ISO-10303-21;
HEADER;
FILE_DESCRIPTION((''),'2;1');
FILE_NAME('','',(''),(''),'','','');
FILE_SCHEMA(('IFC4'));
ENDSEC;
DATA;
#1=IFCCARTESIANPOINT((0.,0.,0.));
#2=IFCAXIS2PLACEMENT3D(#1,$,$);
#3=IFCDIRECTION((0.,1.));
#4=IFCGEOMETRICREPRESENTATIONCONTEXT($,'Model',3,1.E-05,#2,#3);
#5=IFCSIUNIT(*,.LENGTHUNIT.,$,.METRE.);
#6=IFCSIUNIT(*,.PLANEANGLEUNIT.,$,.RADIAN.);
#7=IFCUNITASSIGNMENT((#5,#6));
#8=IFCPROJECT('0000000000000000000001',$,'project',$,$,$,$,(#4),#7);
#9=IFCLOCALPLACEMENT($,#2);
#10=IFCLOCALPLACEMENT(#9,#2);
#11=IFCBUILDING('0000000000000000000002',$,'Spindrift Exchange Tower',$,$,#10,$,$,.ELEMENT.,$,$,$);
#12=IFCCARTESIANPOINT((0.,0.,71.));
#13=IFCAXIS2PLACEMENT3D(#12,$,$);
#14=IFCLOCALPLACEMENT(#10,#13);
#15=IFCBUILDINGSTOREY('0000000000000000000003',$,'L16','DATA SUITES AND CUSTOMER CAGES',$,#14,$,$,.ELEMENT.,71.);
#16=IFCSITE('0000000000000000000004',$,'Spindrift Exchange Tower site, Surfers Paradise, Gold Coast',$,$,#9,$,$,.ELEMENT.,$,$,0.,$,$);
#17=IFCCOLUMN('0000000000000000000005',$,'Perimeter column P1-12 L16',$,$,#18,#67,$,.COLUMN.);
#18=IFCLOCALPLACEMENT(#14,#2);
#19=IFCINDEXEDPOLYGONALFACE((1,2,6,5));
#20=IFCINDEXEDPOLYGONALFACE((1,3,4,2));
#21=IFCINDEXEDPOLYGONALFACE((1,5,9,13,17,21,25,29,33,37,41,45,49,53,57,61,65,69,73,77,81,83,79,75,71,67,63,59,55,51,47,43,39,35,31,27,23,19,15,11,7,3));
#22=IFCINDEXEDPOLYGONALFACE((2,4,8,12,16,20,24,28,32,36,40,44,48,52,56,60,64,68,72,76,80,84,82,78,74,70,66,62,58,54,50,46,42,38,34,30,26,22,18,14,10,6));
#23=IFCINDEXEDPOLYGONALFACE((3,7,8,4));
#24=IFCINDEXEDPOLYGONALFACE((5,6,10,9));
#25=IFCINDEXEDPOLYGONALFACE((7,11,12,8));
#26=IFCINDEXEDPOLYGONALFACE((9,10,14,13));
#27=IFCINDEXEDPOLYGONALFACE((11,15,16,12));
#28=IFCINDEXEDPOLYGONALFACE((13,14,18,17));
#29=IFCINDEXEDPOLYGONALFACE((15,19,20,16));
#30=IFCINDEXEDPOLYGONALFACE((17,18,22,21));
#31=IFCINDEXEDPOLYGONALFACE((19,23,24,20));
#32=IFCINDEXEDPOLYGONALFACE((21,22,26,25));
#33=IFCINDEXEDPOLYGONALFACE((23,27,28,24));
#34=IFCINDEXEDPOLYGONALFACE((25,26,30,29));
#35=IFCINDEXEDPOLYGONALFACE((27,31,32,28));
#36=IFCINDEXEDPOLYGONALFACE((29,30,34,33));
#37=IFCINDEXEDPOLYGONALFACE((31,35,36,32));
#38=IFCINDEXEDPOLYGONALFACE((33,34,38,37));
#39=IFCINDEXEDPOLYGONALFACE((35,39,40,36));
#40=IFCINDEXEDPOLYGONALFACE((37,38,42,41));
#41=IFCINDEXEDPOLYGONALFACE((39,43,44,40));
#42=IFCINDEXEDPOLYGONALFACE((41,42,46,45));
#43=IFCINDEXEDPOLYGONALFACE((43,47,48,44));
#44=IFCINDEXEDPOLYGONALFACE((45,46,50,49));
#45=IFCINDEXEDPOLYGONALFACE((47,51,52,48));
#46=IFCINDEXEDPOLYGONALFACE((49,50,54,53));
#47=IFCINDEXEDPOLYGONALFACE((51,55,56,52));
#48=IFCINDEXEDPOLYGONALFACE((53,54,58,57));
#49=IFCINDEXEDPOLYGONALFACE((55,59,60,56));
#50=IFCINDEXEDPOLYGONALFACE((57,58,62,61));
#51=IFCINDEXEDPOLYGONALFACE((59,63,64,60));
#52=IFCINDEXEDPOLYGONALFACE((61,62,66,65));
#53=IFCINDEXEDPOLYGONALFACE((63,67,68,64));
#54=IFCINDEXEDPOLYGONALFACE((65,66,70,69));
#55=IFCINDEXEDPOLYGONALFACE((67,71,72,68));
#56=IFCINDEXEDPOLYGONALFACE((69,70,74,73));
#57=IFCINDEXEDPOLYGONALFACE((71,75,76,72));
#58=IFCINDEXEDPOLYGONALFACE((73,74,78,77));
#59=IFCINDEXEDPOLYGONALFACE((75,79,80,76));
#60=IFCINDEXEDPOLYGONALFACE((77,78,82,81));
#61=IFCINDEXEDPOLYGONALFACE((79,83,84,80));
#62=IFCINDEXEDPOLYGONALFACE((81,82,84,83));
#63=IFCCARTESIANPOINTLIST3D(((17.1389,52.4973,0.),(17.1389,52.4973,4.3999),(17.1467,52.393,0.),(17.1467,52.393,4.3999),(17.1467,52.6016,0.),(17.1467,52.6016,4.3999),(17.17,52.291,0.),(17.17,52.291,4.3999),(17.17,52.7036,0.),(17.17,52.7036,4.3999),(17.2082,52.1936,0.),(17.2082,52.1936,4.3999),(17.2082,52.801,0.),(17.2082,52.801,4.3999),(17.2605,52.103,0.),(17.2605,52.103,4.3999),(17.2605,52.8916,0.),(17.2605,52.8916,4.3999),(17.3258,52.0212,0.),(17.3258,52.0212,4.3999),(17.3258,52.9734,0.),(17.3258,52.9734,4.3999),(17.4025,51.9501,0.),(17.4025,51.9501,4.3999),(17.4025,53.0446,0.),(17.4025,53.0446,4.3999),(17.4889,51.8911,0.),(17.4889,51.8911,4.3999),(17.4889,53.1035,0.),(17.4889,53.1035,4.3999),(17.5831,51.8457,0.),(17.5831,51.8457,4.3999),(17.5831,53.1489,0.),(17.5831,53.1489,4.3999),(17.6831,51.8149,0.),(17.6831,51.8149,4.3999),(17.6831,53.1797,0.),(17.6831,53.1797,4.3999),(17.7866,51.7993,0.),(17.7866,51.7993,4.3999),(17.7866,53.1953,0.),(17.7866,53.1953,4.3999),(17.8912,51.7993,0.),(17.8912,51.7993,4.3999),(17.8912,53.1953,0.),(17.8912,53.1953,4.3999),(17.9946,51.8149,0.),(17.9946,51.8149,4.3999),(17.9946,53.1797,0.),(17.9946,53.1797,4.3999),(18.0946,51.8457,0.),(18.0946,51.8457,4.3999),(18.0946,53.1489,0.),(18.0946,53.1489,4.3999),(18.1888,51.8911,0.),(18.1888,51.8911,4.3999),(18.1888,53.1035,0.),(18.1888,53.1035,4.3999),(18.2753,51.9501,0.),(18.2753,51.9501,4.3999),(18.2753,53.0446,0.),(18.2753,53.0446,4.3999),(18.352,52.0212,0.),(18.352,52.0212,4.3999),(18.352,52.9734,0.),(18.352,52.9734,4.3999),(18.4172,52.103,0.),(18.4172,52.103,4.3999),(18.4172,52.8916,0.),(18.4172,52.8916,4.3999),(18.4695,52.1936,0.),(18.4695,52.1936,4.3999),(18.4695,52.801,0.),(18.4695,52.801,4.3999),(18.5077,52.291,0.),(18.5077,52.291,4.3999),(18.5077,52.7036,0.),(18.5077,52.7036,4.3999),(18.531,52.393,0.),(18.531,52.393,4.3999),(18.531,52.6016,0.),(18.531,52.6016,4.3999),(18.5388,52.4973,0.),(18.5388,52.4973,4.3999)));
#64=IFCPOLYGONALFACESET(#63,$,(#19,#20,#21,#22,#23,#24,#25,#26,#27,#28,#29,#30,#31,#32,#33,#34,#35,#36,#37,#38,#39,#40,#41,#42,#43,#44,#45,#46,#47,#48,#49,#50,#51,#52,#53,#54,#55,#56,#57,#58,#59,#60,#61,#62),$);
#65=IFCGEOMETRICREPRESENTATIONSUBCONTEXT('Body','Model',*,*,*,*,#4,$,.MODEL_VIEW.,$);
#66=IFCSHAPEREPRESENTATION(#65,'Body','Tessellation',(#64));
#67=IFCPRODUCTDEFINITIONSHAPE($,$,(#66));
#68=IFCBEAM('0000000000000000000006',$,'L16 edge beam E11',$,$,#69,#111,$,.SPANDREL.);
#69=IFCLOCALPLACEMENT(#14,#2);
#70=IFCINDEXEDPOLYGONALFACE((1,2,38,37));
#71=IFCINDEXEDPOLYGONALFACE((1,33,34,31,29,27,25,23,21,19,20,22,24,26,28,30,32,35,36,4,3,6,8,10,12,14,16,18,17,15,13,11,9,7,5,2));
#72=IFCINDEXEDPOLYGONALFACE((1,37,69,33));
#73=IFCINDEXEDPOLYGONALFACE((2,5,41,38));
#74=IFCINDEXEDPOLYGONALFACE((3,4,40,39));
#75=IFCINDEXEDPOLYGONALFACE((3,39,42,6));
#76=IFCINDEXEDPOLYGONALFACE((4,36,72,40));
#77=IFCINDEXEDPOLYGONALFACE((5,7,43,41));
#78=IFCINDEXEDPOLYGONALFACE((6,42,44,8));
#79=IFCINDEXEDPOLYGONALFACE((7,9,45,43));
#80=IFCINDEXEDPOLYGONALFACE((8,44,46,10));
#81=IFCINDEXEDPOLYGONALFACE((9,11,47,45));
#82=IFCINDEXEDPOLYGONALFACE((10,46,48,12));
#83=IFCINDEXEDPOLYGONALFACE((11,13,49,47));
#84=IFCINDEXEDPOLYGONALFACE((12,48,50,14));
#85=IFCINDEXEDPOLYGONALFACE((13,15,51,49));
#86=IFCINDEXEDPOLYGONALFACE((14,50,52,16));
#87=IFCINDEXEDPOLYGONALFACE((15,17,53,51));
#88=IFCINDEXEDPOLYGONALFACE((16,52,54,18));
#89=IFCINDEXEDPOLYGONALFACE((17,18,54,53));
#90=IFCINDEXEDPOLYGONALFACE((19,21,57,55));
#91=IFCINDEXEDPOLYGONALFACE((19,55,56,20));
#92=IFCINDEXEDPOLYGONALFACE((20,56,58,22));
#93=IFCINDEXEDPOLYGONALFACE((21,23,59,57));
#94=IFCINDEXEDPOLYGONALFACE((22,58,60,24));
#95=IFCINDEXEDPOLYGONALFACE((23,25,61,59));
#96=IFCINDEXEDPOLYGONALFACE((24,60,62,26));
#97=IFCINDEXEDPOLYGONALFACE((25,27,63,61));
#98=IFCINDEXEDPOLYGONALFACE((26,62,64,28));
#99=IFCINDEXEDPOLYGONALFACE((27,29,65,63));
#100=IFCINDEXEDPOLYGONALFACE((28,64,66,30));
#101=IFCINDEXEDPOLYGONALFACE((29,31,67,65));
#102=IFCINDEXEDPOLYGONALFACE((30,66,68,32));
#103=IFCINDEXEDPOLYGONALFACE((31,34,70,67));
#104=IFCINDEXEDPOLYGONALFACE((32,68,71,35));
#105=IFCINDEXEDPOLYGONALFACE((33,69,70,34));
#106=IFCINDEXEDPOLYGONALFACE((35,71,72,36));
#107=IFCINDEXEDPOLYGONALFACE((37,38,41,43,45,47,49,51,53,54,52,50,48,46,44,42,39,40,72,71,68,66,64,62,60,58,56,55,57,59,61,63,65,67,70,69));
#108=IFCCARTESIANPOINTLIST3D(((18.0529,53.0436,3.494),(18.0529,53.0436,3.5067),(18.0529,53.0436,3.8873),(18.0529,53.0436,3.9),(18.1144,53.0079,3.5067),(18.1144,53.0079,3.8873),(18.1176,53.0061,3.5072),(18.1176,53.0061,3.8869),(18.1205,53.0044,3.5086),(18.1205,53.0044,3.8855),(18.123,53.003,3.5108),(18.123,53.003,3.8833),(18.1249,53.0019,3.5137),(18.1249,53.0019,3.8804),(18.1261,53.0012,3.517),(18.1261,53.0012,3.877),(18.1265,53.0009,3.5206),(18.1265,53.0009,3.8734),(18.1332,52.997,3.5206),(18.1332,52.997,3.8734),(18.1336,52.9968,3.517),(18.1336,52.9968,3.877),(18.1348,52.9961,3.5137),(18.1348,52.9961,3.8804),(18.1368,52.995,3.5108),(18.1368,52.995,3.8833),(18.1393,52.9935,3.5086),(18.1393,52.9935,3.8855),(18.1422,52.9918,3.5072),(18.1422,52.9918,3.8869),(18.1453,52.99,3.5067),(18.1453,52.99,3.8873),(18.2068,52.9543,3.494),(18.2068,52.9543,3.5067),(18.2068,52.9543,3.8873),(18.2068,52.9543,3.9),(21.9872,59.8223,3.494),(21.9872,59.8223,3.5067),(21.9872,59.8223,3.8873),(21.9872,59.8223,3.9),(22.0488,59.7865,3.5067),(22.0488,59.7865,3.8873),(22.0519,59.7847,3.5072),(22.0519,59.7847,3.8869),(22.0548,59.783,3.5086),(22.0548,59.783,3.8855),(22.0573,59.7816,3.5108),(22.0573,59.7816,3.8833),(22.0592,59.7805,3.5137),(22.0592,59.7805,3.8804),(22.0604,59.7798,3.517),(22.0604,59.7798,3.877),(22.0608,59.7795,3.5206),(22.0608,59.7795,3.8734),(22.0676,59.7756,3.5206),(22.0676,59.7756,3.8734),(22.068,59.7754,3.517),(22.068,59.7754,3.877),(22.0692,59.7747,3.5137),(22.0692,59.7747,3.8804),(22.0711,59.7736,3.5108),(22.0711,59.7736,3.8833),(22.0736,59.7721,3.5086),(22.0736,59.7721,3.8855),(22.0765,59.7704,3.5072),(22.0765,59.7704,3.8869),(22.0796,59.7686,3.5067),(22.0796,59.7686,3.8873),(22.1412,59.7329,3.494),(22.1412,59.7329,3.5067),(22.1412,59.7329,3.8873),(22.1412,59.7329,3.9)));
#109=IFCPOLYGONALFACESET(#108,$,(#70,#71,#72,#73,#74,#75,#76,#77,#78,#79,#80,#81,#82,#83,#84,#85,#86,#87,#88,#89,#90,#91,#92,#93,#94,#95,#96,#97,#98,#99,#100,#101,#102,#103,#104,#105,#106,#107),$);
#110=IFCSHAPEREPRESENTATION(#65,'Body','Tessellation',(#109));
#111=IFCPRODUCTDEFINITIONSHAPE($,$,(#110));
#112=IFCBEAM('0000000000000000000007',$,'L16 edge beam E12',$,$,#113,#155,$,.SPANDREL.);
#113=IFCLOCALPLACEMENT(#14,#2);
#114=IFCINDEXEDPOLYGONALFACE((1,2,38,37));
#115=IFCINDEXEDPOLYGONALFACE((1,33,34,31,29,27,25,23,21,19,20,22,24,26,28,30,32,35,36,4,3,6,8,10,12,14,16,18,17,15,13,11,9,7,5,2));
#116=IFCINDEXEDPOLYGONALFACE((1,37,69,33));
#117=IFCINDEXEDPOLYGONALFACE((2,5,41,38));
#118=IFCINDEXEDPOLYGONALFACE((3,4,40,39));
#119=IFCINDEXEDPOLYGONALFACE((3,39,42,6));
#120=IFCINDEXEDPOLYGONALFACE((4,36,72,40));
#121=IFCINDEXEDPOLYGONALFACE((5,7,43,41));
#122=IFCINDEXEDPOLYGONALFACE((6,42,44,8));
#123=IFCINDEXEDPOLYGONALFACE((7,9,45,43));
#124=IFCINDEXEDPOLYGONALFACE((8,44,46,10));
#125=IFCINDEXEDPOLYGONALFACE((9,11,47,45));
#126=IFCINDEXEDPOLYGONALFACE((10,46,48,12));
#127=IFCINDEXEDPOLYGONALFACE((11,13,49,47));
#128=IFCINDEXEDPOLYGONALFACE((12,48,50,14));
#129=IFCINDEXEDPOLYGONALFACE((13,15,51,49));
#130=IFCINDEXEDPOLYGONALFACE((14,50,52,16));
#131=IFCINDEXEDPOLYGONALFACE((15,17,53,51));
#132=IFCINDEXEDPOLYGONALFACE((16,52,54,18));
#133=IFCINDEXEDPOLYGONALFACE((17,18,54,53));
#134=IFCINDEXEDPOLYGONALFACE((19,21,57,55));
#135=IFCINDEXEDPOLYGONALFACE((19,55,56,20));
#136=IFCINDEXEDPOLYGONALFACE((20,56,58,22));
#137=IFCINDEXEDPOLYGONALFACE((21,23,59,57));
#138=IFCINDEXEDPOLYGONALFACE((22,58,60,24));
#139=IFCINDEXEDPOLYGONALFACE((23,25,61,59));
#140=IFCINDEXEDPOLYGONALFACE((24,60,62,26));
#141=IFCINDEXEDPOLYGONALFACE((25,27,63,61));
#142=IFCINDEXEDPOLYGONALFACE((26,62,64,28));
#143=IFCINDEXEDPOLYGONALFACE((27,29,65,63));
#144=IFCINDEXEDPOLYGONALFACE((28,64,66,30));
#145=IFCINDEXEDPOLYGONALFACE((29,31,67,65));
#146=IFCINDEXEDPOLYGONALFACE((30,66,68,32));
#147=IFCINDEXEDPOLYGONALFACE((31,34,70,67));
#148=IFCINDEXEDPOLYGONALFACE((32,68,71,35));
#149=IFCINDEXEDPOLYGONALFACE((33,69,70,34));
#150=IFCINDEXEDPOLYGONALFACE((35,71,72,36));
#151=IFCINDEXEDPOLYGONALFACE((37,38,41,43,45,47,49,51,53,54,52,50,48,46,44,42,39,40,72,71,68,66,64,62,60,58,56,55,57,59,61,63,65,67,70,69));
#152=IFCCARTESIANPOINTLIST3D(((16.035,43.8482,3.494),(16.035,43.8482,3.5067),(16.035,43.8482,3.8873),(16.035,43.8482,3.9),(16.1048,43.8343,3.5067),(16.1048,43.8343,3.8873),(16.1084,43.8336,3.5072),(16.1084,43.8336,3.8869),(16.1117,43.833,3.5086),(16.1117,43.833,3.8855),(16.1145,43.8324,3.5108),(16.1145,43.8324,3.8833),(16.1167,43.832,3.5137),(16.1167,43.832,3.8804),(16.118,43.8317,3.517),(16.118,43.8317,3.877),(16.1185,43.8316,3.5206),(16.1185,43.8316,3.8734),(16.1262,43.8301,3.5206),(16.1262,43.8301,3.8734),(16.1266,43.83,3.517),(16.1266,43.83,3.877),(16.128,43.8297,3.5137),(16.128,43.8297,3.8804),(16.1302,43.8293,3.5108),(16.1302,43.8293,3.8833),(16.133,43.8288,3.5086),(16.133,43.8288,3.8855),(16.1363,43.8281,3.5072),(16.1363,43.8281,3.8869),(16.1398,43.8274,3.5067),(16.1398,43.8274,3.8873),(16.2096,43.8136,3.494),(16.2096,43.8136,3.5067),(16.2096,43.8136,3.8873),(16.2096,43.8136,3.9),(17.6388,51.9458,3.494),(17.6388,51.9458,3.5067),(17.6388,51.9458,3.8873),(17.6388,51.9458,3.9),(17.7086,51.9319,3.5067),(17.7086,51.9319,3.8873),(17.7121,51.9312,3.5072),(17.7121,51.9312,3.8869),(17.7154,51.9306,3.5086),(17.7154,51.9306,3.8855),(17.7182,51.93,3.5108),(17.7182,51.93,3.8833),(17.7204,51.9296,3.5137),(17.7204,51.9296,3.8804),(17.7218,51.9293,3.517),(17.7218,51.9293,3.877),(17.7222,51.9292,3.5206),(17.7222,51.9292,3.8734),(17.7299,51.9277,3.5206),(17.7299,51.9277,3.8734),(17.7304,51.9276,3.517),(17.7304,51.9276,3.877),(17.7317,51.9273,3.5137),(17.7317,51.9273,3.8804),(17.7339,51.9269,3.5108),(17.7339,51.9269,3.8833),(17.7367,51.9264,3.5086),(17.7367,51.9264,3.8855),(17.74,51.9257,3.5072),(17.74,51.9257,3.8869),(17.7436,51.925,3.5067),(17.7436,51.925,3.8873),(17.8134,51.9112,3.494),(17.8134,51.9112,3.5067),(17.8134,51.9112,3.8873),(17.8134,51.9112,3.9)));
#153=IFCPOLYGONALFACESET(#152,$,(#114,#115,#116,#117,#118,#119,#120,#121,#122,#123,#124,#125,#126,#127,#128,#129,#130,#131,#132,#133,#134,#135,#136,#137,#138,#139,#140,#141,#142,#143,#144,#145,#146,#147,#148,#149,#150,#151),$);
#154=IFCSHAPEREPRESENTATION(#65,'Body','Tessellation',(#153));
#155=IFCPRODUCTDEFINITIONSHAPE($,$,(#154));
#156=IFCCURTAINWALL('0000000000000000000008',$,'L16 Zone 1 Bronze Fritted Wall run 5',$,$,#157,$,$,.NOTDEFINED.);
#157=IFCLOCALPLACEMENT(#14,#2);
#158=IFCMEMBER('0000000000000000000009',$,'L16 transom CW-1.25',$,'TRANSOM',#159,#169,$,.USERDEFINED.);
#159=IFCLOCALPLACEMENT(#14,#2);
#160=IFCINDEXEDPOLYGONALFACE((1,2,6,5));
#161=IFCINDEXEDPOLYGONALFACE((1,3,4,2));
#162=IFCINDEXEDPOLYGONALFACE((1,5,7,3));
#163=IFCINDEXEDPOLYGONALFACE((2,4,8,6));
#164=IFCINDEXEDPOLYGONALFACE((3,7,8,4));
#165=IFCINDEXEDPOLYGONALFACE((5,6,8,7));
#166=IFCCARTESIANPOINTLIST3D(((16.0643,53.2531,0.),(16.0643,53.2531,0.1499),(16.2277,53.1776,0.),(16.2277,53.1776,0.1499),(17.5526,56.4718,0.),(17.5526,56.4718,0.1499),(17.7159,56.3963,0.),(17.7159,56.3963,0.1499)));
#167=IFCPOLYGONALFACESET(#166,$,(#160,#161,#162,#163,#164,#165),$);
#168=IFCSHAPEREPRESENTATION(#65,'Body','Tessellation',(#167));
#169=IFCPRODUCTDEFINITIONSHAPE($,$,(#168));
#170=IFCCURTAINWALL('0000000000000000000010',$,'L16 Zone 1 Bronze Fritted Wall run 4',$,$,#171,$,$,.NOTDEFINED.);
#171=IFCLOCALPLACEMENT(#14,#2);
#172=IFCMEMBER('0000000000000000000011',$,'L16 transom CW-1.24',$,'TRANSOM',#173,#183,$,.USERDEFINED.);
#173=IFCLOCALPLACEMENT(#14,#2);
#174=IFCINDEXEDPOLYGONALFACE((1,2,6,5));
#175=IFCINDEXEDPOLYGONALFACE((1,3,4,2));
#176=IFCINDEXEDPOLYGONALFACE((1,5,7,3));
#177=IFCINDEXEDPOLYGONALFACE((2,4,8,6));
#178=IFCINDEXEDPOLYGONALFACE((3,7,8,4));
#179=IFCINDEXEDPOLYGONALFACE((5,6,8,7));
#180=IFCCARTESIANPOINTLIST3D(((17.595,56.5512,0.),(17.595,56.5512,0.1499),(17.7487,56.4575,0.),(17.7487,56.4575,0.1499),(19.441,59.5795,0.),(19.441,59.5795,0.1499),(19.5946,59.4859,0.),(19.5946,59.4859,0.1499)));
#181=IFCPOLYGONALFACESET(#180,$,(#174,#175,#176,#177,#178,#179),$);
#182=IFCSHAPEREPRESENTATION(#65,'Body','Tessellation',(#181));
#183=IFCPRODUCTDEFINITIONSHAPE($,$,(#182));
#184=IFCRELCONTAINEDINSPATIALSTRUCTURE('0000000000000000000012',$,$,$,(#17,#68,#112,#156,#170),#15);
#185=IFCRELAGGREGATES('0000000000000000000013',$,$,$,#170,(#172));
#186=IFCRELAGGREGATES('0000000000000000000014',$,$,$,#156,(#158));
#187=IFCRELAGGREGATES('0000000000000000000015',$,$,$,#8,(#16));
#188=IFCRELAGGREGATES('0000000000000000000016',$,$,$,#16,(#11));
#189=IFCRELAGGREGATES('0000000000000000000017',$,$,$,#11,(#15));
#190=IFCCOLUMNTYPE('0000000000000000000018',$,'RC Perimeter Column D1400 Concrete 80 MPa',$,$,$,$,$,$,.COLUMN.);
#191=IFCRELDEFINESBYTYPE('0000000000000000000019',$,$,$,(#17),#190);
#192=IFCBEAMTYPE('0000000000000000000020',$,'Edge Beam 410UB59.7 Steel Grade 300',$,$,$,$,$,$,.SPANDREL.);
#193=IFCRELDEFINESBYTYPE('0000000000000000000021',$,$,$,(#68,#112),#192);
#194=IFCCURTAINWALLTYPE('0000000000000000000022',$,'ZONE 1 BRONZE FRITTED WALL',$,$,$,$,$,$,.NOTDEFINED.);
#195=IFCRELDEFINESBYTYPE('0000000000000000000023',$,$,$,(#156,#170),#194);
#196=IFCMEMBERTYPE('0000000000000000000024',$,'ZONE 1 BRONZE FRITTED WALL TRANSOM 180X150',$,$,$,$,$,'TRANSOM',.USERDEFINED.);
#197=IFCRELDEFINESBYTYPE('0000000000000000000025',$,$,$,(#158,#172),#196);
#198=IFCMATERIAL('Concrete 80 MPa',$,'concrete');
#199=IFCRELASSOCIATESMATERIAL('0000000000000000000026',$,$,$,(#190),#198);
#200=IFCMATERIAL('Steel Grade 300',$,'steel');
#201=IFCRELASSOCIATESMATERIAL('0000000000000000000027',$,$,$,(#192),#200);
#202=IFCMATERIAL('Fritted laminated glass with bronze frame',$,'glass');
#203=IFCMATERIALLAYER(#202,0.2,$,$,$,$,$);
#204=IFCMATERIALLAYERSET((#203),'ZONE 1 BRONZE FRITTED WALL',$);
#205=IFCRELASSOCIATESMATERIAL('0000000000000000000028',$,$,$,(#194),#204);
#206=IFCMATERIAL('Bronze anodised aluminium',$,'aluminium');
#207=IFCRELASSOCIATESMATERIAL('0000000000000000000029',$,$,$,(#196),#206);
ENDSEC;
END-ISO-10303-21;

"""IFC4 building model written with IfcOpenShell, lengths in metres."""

from ifc_helpers import new_model, si_unit, direction, frame, origin, origin_2d, place, context, subcontext, project, spatial, rectangle, circle, i_section, extrude, source, transform, mapped, material, layer, layer_set, material_profile, profile_set, type_object, element, aggregate, save


model = new_model("IFC4")

# Units and contexts
model_context = context("Model", 3, precision=1e-05, world=origin(), true_north=direction((0.0, 1.0)))
body_context = subcontext(model_context, "Body", "Model", "MODEL_VIEW")
ifc_project = project(units=[si_unit("LENGTHUNIT", "METRE"), si_unit("PLANEANGLEUNIT", "RADIAN")], contexts=[model_context])

# Site, building, storey
site_placement = place(None, origin())
site = spatial("IfcSite", under=ifc_project, at=site_placement, Name="Spindrift Exchange Tower site, Surfers Paradise, Gold Coast", CompositionType="ELEMENT", RefElevation=0.0)
building_placement = place(site_placement, origin())
building = spatial("IfcBuilding", under=site, at=building_placement, Name="Spindrift Exchange Tower", CompositionType="ELEMENT")
storey_placement = place(building_placement, frame((0.0, 0.0, 71.0)))
storey = spatial("IfcBuildingStorey", under=building, at=storey_placement, Name="L16", Description="DATA SUITES AND CUSTOMER CAGES", CompositionType="ELEMENT", Elevation=71.0)

# Column
ifc_material_1 = material(Name="Concrete 80 MPa", Category="concrete")
ifc_material_profile_1 = material_profile(ifc_material_1, circle(Radius=0.7, at=origin_2d()), Name="RC D1400")
ifc_profile_set_1 = profile_set([ifc_material_profile_1], Name="Concrete 80 MPa")
column_type = type_object("IfcColumnType", Name="RC Perimeter Column D1400 Concrete 80 MPa", PredefinedType="COLUMN", material=ifc_profile_set_1)
shared_shape_1 = source(origin(), body_context, "Body", "SweptSolid", [
    extrude(circle(Radius=0.7, at=origin_2d()), origin(), (0.0, 0.0, 1.0), 4.3999),
])
column_placement = place(storey_placement, frame((17.8389, 52.4973, 0.0), z_axis=(0.0, 0.0, 1.0), x_axis=(1.0, 0.0, 0.0)))
element("IfcColumn", 1, at=column_placement, inside=storey, type_object=column_type, Name="Perimeter column P1-12 L16", PredefinedType="COLUMN", context=body_context, shape_type="MappedRepresentation", body=[
    mapped(shared_shape_1, transform((0.0, 0.0, 0.0), scale=1.0)),
])

# Beams
ifc_material_2 = material(Name="Steel Grade 300", Category="steel")
ifc_material_profile_2 = material_profile(ifc_material_2, i_section(OverallWidth=0.178, OverallDepth=0.406, WebThickness=0.0078, FlangeThickness=0.0127, FilletRadius=0.0139, at=origin_2d()), Name="410UB59.7")
ifc_profile_set_2 = profile_set([ifc_material_profile_2], Name="Steel Grade 300")
beam_type = type_object("IfcBeamType", Name="Edge Beam 410UB59.7 Steel Grade 300", PredefinedType="SPANDREL", material=ifc_profile_set_2)
shared_shape_2 = source(origin(), body_context, "Body", "SweptSolid", [
    extrude(i_section(OverallWidth=0.178, OverallDepth=0.406, WebThickness=0.0078, FlangeThickness=0.0127, FilletRadius=0.0139, at=origin_2d()), origin(), (0.0, 0.0, 1.0), 7.8376),
])
beam_1_placement = place(storey_placement, frame((22.0642, 59.7776, 3.697), z_axis=(-0.501981, -0.864878, 0.0), x_axis=(0.864878, -0.501981, 0.0)))
element("IfcBeam", 2, at=beam_1_placement, inside=storey, type_object=beam_type, Name="L16 edge beam E11", PredefinedType="SPANDREL", context=body_context, shape_type="MappedRepresentation", body=[
    mapped(shared_shape_2, transform((0.0, 0.0, 0.0), scale=1.0)),
])
shared_shape_3 = source(origin(), body_context, "Body", "SweptSolid", [
    extrude(i_section(OverallWidth=0.178, OverallDepth=0.406, WebThickness=0.0078, FlangeThickness=0.0127, FilletRadius=0.0139, at=origin_2d()), origin(), (0.0, 0.0, 1.0), 8.2549),
])
beam_2_placement = place(storey_placement, frame((17.7261, 51.9285, 3.697), z_axis=(-0.194279, -0.980946, 0.0), x_axis=(0.980946, -0.194279, 0.0)))
element("IfcBeam", 3, at=beam_2_placement, inside=storey, type_object=beam_type, Name="L16 edge beam E12", PredefinedType="SPANDREL", context=body_context, shape_type="MappedRepresentation", body=[
    mapped(shared_shape_3, transform((0.0, 0.0, 0.0), scale=1.0)),
])

# Curtain walls, members
ifc_material_3 = material(Name="Fritted laminated glass with bronze frame", Category="glass")
ifc_layer_1 = layer(ifc_material_3, 0.2)
ifc_layer_set_1 = layer_set([ifc_layer_1], Name="ZONE 1 BRONZE FRITTED WALL")
curtain_wall_type = type_object("IfcCurtainWallType", Name="ZONE 1 BRONZE FRITTED WALL", PredefinedType="NOTDEFINED", material=ifc_layer_set_1)
curtain_wall_1_placement = place(storey_placement, origin())
curtain_wall_1 = element("IfcCurtainWall", 4, at=curtain_wall_1_placement, inside=storey, type_object=curtain_wall_type, Name="L16 Zone 1 Bronze Fritted Wall run 5", PredefinedType="NOTDEFINED")
ifc_material_4 = material(Name="Bronze anodised aluminium", Category="aluminium")
ifc_material_profile_3 = material_profile(ifc_material_4, rectangle(XDim=0.1799, YDim=0.1499, at=origin_2d()), Name="ZONE 1 BRONZE FRITTED WALL TRANSOM 180X150")
ifc_profile_set_3 = profile_set([ifc_material_profile_3], Name="Bronze anodised aluminium")
member_type_1 = type_object("IfcMemberType", Name="ZONE 1 BRONZE FRITTED WALL TRANSOM 180X150", ElementType="TRANSOM", PredefinedType="USERDEFINED", material=ifc_profile_set_3)
shared_shape_4 = source(origin(), body_context, "Body", "SweptSolid", [
    extrude(rectangle(XDim=0.1799, YDim=0.1499, at=origin_2d()), origin(), (0.0, 0.0, 1.0), 3.5461),
])
member_1_placement = place(storey_placement, frame((17.6343, 56.4341, 0.075), z_axis=(-0.419687, -0.907669, 0.0), x_axis=(0.907669, -0.419687, 0.0)))
member_1 = element("IfcMember", 5, at=member_1_placement, type_object=member_type_1, Name="L16 transom CW-1.25", ObjectType="TRANSOM", PredefinedType="USERDEFINED", context=body_context, shape_type="MappedRepresentation", body=[
    mapped(shared_shape_4, transform((0.0, 0.0, 0.0), scale=1.0)),
])
curtain_wall_2_placement = place(storey_placement, origin())
curtain_wall_2 = element("IfcCurtainWall", 6, at=curtain_wall_2_placement, inside=storey, type_object=curtain_wall_type, Name="L16 Zone 1 Bronze Fritted Wall run 4", PredefinedType="NOTDEFINED")
shared_shape_5 = source(origin(), body_context, "Body", "SweptSolid", [
    extrude(rectangle(XDim=0.1799, YDim=0.1499, at=origin_2d()), origin(), (0.0, 0.0, 1.0), 3.5466),
])
member_2_placement = place(storey_placement, frame((19.5178, 59.5327, 0.075), z_axis=(-0.520486, -0.85387, 0.0), x_axis=(0.85387, -0.520486, 0.0)))
member_2 = element("IfcMember", 7, at=member_2_placement, type_object=member_type_1, Name="L16 transom CW-1.24", ObjectType="TRANSOM", PredefinedType="USERDEFINED", context=body_context, shape_type="MappedRepresentation", body=[
    mapped(shared_shape_5, transform((0.0, 0.0, 0.0), scale=1.0)),
])

aggregate(curtain_wall_2, [member_2])
aggregate(curtain_wall_1, [member_1])

save(model, "model.ifc")
